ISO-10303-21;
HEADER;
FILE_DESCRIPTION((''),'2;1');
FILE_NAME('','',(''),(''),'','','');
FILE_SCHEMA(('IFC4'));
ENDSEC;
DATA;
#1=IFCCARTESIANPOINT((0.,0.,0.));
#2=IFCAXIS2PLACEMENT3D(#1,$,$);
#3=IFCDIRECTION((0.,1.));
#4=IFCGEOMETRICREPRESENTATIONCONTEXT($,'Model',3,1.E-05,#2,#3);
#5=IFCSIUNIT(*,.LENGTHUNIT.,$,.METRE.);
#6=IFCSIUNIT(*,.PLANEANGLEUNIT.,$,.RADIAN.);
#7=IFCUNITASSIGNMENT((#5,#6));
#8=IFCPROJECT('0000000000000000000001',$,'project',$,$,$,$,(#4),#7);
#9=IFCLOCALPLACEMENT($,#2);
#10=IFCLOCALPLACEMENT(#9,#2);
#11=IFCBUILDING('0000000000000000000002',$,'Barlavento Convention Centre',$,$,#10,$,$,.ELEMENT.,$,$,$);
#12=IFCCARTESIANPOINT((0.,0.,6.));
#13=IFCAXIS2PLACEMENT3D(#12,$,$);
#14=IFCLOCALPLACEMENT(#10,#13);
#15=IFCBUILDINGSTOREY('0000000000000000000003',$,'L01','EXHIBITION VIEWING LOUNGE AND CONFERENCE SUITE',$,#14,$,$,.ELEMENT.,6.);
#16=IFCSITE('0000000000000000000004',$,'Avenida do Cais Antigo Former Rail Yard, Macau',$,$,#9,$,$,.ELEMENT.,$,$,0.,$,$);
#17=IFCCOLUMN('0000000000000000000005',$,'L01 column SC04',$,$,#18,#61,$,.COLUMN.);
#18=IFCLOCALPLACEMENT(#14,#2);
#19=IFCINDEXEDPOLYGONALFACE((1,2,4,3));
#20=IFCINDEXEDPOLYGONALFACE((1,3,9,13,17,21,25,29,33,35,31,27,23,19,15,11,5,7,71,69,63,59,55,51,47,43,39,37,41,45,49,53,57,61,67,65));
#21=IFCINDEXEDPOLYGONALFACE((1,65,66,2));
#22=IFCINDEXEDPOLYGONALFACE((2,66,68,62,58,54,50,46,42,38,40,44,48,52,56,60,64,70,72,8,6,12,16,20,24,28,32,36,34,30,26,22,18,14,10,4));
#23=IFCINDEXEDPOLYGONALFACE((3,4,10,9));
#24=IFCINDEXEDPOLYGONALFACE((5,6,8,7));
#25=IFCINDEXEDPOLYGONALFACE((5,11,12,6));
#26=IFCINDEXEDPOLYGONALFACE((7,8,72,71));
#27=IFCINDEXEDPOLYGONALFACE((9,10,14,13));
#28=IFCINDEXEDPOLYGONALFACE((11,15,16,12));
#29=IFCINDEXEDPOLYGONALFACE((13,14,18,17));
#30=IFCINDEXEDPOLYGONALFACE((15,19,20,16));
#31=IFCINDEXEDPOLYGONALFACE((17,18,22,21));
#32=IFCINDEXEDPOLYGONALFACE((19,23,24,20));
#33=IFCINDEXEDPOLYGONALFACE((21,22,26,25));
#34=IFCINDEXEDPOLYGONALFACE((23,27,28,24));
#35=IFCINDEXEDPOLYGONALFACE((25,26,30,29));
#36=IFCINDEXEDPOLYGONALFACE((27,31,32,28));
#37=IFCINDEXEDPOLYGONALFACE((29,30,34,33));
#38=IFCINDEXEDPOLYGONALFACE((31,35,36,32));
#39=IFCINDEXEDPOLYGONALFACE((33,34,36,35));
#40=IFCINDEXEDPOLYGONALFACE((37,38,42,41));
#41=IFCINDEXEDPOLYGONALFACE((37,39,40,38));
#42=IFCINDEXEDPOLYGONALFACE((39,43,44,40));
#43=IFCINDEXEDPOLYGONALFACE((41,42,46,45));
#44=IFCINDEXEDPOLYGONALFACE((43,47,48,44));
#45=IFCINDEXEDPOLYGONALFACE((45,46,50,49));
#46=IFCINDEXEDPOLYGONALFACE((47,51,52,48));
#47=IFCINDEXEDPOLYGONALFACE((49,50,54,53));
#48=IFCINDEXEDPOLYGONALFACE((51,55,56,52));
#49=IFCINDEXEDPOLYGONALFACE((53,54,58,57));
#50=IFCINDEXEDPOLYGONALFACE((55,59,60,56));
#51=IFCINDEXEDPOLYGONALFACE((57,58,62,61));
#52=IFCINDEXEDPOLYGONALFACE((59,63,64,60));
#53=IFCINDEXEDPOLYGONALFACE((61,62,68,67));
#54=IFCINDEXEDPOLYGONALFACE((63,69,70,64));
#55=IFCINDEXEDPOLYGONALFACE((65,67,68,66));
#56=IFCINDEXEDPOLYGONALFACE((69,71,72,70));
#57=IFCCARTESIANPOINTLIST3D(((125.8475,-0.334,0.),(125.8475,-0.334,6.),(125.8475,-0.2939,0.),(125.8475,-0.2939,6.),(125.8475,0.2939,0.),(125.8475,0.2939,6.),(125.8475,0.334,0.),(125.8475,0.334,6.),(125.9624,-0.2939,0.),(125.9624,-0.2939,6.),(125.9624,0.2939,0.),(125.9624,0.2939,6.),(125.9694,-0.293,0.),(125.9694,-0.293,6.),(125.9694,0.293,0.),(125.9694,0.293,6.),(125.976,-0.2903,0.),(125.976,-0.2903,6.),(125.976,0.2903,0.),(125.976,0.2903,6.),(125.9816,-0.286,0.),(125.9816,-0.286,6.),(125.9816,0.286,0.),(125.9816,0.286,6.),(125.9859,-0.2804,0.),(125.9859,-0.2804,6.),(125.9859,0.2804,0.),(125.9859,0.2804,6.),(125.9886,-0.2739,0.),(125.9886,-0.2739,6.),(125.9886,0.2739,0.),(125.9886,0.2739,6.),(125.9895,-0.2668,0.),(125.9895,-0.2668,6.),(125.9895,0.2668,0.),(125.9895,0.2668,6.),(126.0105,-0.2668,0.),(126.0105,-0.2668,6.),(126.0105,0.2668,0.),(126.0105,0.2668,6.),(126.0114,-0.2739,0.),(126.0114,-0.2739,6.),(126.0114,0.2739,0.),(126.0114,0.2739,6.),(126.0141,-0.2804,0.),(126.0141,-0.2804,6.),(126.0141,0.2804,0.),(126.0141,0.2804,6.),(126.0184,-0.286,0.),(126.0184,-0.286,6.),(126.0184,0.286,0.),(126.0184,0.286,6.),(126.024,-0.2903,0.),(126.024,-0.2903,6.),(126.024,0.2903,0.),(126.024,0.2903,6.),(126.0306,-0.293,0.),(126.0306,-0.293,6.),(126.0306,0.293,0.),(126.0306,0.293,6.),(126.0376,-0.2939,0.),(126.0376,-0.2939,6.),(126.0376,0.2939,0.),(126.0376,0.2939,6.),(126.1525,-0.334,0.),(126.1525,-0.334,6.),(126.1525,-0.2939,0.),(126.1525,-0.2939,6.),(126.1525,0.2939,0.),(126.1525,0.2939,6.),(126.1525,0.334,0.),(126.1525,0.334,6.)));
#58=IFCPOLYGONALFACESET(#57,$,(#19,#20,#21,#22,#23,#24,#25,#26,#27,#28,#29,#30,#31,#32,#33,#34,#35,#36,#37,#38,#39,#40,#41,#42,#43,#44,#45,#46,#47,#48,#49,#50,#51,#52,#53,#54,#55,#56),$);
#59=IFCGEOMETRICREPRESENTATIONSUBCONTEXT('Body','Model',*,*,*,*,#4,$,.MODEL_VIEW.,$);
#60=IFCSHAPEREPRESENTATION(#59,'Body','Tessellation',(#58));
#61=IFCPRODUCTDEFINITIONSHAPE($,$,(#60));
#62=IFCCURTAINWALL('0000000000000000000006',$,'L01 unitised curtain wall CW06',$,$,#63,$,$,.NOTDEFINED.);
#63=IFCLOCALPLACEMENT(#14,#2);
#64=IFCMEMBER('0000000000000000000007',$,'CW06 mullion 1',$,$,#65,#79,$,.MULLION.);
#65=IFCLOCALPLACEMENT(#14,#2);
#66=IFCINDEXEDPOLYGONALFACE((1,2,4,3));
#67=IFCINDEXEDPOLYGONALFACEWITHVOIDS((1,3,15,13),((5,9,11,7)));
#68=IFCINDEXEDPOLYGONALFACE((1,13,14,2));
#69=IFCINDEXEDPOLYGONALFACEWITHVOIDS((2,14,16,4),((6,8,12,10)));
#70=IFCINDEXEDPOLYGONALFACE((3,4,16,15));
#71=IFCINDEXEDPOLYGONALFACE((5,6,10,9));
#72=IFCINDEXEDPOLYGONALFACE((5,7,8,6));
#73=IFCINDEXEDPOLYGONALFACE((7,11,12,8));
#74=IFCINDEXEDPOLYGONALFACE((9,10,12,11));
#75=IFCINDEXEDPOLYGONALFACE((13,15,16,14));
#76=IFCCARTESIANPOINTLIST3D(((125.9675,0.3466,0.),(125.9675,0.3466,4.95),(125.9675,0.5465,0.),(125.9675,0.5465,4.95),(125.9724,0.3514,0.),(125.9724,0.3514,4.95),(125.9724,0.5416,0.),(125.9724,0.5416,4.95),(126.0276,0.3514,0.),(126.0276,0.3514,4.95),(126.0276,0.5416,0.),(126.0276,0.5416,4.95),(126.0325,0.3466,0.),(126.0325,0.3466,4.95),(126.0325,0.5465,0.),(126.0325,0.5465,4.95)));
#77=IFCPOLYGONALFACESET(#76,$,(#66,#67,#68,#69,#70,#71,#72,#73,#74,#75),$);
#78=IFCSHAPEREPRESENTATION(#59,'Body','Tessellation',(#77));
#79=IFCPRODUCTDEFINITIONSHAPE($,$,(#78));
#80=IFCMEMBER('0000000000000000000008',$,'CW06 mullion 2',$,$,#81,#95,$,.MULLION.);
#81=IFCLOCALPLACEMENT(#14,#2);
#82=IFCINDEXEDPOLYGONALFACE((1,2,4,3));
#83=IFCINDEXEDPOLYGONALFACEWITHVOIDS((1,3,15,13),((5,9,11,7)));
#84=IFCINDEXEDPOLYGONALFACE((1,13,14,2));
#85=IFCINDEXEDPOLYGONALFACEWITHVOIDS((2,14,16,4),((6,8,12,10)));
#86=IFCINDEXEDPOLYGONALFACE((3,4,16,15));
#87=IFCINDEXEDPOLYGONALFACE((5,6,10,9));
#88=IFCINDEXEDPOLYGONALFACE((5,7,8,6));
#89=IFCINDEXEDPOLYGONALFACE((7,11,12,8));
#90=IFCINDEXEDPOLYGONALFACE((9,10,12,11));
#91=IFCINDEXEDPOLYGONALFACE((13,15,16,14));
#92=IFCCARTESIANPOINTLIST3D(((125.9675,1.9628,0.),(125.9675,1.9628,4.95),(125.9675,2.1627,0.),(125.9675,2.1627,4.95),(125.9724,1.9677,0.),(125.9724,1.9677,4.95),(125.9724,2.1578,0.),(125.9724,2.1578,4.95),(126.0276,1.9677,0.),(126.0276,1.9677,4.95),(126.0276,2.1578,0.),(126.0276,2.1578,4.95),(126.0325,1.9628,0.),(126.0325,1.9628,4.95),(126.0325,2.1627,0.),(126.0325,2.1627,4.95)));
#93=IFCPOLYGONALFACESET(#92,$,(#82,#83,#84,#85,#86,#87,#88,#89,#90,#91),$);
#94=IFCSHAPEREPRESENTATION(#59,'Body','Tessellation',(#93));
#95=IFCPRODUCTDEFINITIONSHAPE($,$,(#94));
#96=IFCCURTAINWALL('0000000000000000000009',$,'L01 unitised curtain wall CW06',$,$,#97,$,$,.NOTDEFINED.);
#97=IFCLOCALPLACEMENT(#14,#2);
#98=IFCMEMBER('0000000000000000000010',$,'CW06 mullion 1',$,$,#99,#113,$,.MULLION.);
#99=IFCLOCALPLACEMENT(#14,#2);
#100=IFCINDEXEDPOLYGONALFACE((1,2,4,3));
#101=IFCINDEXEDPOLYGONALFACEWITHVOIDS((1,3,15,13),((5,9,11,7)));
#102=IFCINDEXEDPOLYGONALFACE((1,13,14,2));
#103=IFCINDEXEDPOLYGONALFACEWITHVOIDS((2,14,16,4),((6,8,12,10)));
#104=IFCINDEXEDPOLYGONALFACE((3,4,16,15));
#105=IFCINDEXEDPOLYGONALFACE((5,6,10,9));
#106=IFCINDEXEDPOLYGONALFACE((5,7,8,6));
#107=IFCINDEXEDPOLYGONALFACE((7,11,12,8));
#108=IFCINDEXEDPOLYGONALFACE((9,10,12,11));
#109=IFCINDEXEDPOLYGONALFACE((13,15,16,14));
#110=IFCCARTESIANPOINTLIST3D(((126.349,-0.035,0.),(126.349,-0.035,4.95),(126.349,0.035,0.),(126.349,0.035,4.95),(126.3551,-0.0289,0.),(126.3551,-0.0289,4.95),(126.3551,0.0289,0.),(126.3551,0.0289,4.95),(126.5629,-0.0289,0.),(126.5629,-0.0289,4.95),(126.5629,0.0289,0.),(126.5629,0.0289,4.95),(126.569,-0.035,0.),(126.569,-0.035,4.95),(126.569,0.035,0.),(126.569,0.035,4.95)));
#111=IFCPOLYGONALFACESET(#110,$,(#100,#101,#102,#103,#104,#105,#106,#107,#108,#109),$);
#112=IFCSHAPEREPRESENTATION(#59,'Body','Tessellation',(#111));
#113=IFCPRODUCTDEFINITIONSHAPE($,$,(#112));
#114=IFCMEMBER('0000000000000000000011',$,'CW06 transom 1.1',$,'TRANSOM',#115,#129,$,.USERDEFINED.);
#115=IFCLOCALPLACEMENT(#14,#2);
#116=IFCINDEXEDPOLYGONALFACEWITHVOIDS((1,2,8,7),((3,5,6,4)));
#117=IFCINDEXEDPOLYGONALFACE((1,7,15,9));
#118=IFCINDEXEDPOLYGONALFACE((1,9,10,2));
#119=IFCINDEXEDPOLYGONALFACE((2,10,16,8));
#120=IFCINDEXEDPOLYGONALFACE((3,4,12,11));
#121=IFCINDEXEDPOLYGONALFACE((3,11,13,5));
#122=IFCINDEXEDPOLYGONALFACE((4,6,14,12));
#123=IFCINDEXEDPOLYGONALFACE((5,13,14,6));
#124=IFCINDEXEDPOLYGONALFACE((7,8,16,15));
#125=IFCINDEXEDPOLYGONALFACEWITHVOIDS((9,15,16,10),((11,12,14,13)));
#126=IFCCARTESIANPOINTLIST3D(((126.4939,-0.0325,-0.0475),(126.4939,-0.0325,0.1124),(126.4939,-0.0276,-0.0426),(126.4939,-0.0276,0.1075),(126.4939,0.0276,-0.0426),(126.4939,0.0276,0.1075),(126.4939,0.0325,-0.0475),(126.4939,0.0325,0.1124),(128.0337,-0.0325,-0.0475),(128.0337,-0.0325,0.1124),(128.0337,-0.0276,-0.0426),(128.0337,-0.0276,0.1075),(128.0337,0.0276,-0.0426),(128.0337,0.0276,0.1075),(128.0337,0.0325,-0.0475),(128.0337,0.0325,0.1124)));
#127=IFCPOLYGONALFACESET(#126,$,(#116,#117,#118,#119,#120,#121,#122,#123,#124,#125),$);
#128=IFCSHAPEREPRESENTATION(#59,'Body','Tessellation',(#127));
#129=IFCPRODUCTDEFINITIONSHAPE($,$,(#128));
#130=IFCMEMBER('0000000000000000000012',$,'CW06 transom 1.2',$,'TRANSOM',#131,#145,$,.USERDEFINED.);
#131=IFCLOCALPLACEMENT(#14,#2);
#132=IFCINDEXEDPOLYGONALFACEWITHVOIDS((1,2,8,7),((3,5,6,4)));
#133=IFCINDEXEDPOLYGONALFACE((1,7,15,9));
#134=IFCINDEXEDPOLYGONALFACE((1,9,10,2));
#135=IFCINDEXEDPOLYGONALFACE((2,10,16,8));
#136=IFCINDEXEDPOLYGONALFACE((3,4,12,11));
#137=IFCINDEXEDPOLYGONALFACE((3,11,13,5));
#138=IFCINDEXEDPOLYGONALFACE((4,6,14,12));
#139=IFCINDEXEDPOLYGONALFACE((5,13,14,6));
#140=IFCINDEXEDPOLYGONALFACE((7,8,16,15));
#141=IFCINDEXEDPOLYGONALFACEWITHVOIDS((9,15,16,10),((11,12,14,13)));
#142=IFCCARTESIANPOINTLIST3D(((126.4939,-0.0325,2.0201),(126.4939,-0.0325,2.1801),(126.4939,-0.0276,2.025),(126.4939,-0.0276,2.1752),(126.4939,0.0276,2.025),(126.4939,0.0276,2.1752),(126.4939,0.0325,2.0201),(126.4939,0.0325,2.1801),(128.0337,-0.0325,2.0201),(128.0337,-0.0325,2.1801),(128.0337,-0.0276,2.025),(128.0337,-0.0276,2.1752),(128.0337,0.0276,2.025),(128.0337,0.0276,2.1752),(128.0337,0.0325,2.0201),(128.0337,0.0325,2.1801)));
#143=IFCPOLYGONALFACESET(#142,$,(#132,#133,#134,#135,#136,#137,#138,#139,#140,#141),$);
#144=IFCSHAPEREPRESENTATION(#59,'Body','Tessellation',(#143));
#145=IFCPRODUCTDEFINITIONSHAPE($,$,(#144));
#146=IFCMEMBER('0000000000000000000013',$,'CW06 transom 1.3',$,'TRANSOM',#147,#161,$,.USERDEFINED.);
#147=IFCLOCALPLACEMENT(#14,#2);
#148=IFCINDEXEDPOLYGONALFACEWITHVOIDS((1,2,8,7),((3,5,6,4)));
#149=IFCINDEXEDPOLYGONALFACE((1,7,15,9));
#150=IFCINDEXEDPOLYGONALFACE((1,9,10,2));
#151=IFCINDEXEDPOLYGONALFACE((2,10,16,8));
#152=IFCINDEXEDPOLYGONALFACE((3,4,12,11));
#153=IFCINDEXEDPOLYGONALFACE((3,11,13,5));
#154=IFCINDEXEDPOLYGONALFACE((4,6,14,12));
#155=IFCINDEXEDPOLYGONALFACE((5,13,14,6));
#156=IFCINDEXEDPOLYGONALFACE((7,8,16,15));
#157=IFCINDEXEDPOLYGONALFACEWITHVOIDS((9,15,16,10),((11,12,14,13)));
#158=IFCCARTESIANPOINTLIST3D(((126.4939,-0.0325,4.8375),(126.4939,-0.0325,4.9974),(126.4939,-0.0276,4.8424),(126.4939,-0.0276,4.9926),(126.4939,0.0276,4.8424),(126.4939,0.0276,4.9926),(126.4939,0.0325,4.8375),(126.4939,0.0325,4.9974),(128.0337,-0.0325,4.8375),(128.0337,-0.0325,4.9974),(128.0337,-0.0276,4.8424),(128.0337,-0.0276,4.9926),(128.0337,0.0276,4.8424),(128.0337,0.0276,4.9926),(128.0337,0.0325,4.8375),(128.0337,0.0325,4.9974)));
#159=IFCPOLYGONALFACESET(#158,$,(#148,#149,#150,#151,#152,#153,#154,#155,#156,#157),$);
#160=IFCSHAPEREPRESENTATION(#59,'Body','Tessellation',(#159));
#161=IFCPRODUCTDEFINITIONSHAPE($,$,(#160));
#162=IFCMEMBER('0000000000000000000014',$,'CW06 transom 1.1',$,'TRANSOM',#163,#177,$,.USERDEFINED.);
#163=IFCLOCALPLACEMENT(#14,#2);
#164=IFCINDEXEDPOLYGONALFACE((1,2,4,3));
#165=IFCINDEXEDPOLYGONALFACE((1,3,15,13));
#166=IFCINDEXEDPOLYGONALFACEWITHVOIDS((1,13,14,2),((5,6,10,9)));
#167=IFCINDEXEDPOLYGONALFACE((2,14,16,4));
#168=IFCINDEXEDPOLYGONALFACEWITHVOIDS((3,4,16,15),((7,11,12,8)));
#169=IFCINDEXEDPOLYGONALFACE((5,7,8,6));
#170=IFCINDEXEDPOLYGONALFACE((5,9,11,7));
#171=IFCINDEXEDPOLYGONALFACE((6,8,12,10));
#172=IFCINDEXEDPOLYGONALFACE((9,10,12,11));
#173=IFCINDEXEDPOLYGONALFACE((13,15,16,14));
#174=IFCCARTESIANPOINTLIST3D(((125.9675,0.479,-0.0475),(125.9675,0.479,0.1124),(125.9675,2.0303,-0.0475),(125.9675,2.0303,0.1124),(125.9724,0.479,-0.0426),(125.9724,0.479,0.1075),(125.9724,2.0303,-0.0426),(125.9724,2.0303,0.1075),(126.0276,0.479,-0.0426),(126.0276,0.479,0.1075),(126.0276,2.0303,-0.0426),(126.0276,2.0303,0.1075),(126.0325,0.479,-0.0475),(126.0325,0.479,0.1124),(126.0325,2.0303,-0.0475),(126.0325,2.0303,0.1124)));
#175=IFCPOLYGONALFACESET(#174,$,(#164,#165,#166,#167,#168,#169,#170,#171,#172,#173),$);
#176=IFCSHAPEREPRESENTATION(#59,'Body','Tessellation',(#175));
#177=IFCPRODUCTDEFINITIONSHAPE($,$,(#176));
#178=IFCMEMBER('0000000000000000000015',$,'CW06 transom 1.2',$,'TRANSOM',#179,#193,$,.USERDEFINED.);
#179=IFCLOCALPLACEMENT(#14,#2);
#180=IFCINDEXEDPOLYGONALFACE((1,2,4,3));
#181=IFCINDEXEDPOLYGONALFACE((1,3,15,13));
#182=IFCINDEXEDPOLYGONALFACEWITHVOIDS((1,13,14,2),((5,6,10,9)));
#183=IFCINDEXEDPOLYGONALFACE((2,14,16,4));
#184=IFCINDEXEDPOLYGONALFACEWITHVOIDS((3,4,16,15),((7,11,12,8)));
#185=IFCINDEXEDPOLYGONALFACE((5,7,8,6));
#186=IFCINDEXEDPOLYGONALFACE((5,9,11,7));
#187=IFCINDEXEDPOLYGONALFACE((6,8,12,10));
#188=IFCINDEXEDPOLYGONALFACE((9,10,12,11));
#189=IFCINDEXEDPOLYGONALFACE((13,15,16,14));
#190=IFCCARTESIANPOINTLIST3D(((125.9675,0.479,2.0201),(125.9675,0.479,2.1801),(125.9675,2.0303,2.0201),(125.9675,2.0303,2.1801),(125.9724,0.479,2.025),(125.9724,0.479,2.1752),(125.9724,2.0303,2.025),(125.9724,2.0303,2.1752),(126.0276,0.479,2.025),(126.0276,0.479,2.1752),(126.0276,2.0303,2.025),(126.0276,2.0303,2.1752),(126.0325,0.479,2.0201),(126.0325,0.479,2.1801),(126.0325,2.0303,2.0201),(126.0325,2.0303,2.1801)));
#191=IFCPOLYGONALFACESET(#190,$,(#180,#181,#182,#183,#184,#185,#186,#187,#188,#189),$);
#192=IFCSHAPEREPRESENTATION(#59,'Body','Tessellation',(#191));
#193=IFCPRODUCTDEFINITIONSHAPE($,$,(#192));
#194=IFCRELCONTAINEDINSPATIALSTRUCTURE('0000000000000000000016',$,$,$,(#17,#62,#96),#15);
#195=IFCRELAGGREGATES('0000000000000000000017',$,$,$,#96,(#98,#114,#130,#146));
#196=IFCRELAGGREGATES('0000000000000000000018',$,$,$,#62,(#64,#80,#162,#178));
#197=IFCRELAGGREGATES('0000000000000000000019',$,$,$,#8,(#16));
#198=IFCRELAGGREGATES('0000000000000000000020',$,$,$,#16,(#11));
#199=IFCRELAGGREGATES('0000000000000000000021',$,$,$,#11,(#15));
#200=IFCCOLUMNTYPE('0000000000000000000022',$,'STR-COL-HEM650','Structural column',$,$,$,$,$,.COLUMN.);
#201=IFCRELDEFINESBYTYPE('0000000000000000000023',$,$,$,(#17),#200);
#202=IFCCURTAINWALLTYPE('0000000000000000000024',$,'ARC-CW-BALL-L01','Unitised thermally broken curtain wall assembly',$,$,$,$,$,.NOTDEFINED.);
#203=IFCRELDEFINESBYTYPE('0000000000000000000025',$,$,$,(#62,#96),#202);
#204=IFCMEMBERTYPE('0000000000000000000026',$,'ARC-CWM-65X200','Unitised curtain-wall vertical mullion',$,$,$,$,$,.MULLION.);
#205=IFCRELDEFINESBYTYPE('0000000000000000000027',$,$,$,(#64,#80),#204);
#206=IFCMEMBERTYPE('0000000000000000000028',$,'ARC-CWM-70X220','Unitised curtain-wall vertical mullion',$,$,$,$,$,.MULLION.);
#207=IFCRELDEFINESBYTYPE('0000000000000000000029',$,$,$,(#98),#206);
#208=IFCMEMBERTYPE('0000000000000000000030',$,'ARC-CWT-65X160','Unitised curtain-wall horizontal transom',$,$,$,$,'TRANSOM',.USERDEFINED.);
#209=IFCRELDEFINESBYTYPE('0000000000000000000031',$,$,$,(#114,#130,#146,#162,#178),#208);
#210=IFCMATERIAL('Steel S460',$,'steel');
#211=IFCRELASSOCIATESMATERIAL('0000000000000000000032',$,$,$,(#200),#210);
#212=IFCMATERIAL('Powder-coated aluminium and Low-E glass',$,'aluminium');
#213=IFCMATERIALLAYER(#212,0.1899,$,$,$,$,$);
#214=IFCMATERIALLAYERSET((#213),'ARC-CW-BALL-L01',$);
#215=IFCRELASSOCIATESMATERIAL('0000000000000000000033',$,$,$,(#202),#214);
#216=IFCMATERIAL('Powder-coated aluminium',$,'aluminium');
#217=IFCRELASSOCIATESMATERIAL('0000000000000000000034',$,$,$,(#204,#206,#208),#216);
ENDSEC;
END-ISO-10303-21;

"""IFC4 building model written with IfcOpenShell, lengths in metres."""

from ifc_helpers import new_model, si_unit, direction, frame, origin, origin_2d, place, context, subcontext, project, spatial, hollow_rectangle, i_section, extrude, material, layer, layer_set, material_profile, profile_set, type_object, element, aggregate, save


model = new_model("IFC4")

# Units and contexts
model_context = context("Model", 3, precision=1e-05, world=origin(), true_north=direction((0.0, 1.0)))
body_context = subcontext(model_context, "Body", "Model", "MODEL_VIEW")
ifc_project = project(units=[si_unit("LENGTHUNIT", "METRE"), si_unit("PLANEANGLEUNIT", "RADIAN")], contexts=[model_context])

# Site, building, storey
site_placement = place(None, origin())
site = spatial("IfcSite", under=ifc_project, at=site_placement, Name="Avenida do Cais Antigo Former Rail Yard, Macau", CompositionType="ELEMENT", RefElevation=0.0)
building_placement = place(site_placement, origin())
building = spatial("IfcBuilding", under=site, at=building_placement, Name="Barlavento Convention Centre", CompositionType="ELEMENT")
storey_placement = place(building_placement, frame((0.0, 0.0, 6.0)))
storey = spatial("IfcBuildingStorey", under=building, at=storey_placement, Name="L01", Description="EXHIBITION VIEWING LOUNGE AND CONFERENCE SUITE", CompositionType="ELEMENT", Elevation=6.0)

# Column
ifc_material_1 = material(Name="Steel S460", Category="steel")
ifc_material_profile_1 = material_profile(ifc_material_1, i_section(OverallWidth=0.3049, OverallDepth=0.668, WebThickness=0.021, FlangeThickness=0.04, FilletRadius=0.0271, at=origin_2d()), Name="HEM 650")
ifc_profile_set_1 = profile_set([ifc_material_profile_1], Name="Steel S460")
column_type = type_object("IfcColumnType", Name="STR-COL-HEM650", Description="Structural column", PredefinedType="COLUMN", material=ifc_profile_set_1)
column_placement = place(storey_placement, frame((126.0, 0.0, 0.0), z_axis=(0.0, 0.0, 1.0), x_axis=(1.0, 0.0, 0.0)))
element("IfcColumn", 1, at=column_placement, inside=storey, type_object=column_type, Name="L01 column SC04", PredefinedType="COLUMN", context=body_context, shape_type="SweptSolid", body=[
    extrude(i_section(OverallWidth=0.3049, OverallDepth=0.668, WebThickness=0.021, FlangeThickness=0.04, FilletRadius=0.0271, at=origin_2d()), origin(), (0.0, 0.0, 1.0), 6.0),
])

# Curtain walls, members
ifc_material_2 = material(Name="Powder-coated aluminium and Low-E glass", Category="aluminium")
ifc_layer_1 = layer(ifc_material_2, 0.1899)
ifc_layer_set_1 = layer_set([ifc_layer_1], Name="ARC-CW-BALL-L01")
curtain_wall_type = type_object("IfcCurtainWallType", Name="ARC-CW-BALL-L01", Description="Unitised thermally broken curtain wall assembly", PredefinedType="NOTDEFINED", material=ifc_layer_set_1)
curtain_wall_1_placement = place(storey_placement, origin())
curtain_wall_1 = element("IfcCurtainWall", 2, at=curtain_wall_1_placement, inside=storey, type_object=curtain_wall_type, Name="L01 unitised curtain wall CW06", PredefinedType="NOTDEFINED")
ifc_material_3 = material(Name="Powder-coated aluminium", Category="aluminium")
ifc_material_profile_2 = material_profile(ifc_material_3, hollow_rectangle(XDim=0.0649, YDim=0.2, WallThickness=0.0049, at=origin_2d()), Name="AL-MULL 65x200x5")
ifc_profile_set_2 = profile_set([ifc_material_profile_2], Name="Powder-coated aluminium")
member_type_1 = type_object("IfcMemberType", Name="ARC-CWM-65X200", Description="Unitised curtain-wall vertical mullion", PredefinedType="MULLION", material=ifc_profile_set_2)
member_1_placement = place(storey_placement, frame((126.0, 0.4465, 0.0), z_axis=(0.0, 0.0, 1.0), x_axis=(-1.0, 0.0, 0.0)))
member_1 = element("IfcMember", 3, at=member_1_placement, type_object=member_type_1, Name="CW06 mullion 1", PredefinedType="MULLION", context=body_context, shape_type="SweptSolid", body=[
    extrude(hollow_rectangle(XDim=0.0649, YDim=0.2, WallThickness=0.0049, at=origin_2d()), origin(), (0.0, 0.0, 1.0), 4.95),
])
member_2_placement = place(storey_placement, frame((126.0, 2.0627, 0.0), z_axis=(0.0, 0.0, 1.0), x_axis=(-1.0, 0.0, 0.0)))
member_2 = element("IfcMember", 4, at=member_2_placement, type_object=member_type_1, Name="CW06 mullion 2", PredefinedType="MULLION", context=body_context, shape_type="SweptSolid", body=[
    extrude(hollow_rectangle(XDim=0.0649, YDim=0.2, WallThickness=0.0049, at=origin_2d()), origin(), (0.0, 0.0, 1.0), 4.95),
])
curtain_wall_2_placement = place(storey_placement, origin())
curtain_wall_2 = element("IfcCurtainWall", 5, at=curtain_wall_2_placement, inside=storey, type_object=curtain_wall_type, Name="L01 unitised curtain wall CW06", PredefinedType="NOTDEFINED")
ifc_material_profile_3 = material_profile(ifc_material_3, hollow_rectangle(XDim=0.0701, YDim=0.22, WallThickness=0.0061, at=origin_2d()), Name="AL-MULL 70x220x6")
ifc_profile_set_3 = profile_set([ifc_material_profile_3], Name="Powder-coated aluminium")
member_type_2 = type_object("IfcMemberType", Name="ARC-CWM-70X220", Description="Unitised curtain-wall vertical mullion", PredefinedType="MULLION", material=ifc_profile_set_3)
member_3_placement = place(storey_placement, frame((126.459, 0.0, 0.0), z_axis=(0.0, 0.0, 1.0), x_axis=(0.0, 1.0, 0.0)))
member_3 = element("IfcMember", 6, at=member_3_placement, type_object=member_type_2, Name="CW06 mullion 1", PredefinedType="MULLION", context=body_context, shape_type="SweptSolid", body=[
    extrude(hollow_rectangle(XDim=0.0701, YDim=0.22, WallThickness=0.0061, at=origin_2d()), origin(), (0.0, 0.0, 1.0), 4.95),
])
ifc_material_profile_4 = material_profile(ifc_material_3, hollow_rectangle(XDim=0.0649, YDim=0.1599, WallThickness=0.0049, at=origin_2d()), Name="AL-TRAN 65x160x5")
ifc_profile_set_4 = profile_set([ifc_material_profile_4], Name="Powder-coated aluminium")
member_type_3 = type_object("IfcMemberType", Name="ARC-CWT-65X160", Description="Unitised curtain-wall horizontal transom", ElementType="TRANSOM", PredefinedType="USERDEFINED", material=ifc_profile_set_4)
member_4_placement = place(storey_placement, frame((126.4939, 0.0, 0.0325), z_axis=(1.0, 0.0, 0.0), x_axis=(0.0, 1.0, 0.0)))
member_4 = element("IfcMember", 7, at=member_4_placement, type_object=member_type_3, Name="CW06 transom 1.1", ObjectType="TRANSOM", PredefinedType="USERDEFINED", context=body_context, shape_type="SweptSolid", body=[
    extrude(hollow_rectangle(XDim=0.0649, YDim=0.1599, WallThickness=0.0049, at=origin_2d()), origin(), (0.0, 0.0, 1.0), 1.5398),
])
member_5_placement = place(storey_placement, frame((126.4939, 0.0, 2.1001), z_axis=(1.0, 0.0, 0.0), x_axis=(0.0, 1.0, 0.0)))
member_5 = element("IfcMember", 8, at=member_5_placement, type_object=member_type_3, Name="CW06 transom 1.2", ObjectType="TRANSOM", PredefinedType="USERDEFINED", context=body_context, shape_type="SweptSolid", body=[
    extrude(hollow_rectangle(XDim=0.0649, YDim=0.1599, WallThickness=0.0049, at=origin_2d()), origin(), (0.0, 0.0, 1.0), 1.5398),
])
member_6_placement = place(storey_placement, frame((126.4939, 0.0, 4.9175), z_axis=(1.0, 0.0, 0.0), x_axis=(0.0, 1.0, 0.0)))
member_6 = element("IfcMember", 9, at=member_6_placement, type_object=member_type_3, Name="CW06 transom 1.3", ObjectType="TRANSOM", PredefinedType="USERDEFINED", context=body_context, shape_type="SweptSolid", body=[
    extrude(hollow_rectangle(XDim=0.0649, YDim=0.1599, WallThickness=0.0049, at=origin_2d()), origin(), (0.0, 0.0, 1.0), 1.5398),
])
aggregate(curtain_wall_2, [member_3, member_4, member_5, member_6])

# Members
member_7_placement = place(storey_placement, frame((126.0, 0.479, 0.0325), z_axis=(0.0, 1.0, 0.0), x_axis=(-1.0, 0.0, 0.0)))
member_7 = element("IfcMember", 10, at=member_7_placement, type_object=member_type_3, Name="CW06 transom 1.1", ObjectType="TRANSOM", PredefinedType="USERDEFINED", context=body_context, shape_type="SweptSolid", body=[
    extrude(hollow_rectangle(XDim=0.0649, YDim=0.1599, WallThickness=0.0049, at=origin_2d()), origin(), (0.0, 0.0, 1.0), 1.5513),
])
member_8_placement = place(storey_placement, frame((126.0, 0.479, 2.1001), z_axis=(0.0, 1.0, 0.0), x_axis=(-1.0, 0.0, 0.0)))
member_8 = element("IfcMember", 11, at=member_8_placement, type_object=member_type_3, Name="CW06 transom 1.2", ObjectType="TRANSOM", PredefinedType="USERDEFINED", context=body_context, shape_type="SweptSolid", body=[
    extrude(hollow_rectangle(XDim=0.0649, YDim=0.1599, WallThickness=0.0049, at=origin_2d()), origin(), (0.0, 0.0, 1.0), 1.5513),
])

aggregate(curtain_wall_1, [member_1, member_2, member_7, member_8])

save(model, "model.ifc")
